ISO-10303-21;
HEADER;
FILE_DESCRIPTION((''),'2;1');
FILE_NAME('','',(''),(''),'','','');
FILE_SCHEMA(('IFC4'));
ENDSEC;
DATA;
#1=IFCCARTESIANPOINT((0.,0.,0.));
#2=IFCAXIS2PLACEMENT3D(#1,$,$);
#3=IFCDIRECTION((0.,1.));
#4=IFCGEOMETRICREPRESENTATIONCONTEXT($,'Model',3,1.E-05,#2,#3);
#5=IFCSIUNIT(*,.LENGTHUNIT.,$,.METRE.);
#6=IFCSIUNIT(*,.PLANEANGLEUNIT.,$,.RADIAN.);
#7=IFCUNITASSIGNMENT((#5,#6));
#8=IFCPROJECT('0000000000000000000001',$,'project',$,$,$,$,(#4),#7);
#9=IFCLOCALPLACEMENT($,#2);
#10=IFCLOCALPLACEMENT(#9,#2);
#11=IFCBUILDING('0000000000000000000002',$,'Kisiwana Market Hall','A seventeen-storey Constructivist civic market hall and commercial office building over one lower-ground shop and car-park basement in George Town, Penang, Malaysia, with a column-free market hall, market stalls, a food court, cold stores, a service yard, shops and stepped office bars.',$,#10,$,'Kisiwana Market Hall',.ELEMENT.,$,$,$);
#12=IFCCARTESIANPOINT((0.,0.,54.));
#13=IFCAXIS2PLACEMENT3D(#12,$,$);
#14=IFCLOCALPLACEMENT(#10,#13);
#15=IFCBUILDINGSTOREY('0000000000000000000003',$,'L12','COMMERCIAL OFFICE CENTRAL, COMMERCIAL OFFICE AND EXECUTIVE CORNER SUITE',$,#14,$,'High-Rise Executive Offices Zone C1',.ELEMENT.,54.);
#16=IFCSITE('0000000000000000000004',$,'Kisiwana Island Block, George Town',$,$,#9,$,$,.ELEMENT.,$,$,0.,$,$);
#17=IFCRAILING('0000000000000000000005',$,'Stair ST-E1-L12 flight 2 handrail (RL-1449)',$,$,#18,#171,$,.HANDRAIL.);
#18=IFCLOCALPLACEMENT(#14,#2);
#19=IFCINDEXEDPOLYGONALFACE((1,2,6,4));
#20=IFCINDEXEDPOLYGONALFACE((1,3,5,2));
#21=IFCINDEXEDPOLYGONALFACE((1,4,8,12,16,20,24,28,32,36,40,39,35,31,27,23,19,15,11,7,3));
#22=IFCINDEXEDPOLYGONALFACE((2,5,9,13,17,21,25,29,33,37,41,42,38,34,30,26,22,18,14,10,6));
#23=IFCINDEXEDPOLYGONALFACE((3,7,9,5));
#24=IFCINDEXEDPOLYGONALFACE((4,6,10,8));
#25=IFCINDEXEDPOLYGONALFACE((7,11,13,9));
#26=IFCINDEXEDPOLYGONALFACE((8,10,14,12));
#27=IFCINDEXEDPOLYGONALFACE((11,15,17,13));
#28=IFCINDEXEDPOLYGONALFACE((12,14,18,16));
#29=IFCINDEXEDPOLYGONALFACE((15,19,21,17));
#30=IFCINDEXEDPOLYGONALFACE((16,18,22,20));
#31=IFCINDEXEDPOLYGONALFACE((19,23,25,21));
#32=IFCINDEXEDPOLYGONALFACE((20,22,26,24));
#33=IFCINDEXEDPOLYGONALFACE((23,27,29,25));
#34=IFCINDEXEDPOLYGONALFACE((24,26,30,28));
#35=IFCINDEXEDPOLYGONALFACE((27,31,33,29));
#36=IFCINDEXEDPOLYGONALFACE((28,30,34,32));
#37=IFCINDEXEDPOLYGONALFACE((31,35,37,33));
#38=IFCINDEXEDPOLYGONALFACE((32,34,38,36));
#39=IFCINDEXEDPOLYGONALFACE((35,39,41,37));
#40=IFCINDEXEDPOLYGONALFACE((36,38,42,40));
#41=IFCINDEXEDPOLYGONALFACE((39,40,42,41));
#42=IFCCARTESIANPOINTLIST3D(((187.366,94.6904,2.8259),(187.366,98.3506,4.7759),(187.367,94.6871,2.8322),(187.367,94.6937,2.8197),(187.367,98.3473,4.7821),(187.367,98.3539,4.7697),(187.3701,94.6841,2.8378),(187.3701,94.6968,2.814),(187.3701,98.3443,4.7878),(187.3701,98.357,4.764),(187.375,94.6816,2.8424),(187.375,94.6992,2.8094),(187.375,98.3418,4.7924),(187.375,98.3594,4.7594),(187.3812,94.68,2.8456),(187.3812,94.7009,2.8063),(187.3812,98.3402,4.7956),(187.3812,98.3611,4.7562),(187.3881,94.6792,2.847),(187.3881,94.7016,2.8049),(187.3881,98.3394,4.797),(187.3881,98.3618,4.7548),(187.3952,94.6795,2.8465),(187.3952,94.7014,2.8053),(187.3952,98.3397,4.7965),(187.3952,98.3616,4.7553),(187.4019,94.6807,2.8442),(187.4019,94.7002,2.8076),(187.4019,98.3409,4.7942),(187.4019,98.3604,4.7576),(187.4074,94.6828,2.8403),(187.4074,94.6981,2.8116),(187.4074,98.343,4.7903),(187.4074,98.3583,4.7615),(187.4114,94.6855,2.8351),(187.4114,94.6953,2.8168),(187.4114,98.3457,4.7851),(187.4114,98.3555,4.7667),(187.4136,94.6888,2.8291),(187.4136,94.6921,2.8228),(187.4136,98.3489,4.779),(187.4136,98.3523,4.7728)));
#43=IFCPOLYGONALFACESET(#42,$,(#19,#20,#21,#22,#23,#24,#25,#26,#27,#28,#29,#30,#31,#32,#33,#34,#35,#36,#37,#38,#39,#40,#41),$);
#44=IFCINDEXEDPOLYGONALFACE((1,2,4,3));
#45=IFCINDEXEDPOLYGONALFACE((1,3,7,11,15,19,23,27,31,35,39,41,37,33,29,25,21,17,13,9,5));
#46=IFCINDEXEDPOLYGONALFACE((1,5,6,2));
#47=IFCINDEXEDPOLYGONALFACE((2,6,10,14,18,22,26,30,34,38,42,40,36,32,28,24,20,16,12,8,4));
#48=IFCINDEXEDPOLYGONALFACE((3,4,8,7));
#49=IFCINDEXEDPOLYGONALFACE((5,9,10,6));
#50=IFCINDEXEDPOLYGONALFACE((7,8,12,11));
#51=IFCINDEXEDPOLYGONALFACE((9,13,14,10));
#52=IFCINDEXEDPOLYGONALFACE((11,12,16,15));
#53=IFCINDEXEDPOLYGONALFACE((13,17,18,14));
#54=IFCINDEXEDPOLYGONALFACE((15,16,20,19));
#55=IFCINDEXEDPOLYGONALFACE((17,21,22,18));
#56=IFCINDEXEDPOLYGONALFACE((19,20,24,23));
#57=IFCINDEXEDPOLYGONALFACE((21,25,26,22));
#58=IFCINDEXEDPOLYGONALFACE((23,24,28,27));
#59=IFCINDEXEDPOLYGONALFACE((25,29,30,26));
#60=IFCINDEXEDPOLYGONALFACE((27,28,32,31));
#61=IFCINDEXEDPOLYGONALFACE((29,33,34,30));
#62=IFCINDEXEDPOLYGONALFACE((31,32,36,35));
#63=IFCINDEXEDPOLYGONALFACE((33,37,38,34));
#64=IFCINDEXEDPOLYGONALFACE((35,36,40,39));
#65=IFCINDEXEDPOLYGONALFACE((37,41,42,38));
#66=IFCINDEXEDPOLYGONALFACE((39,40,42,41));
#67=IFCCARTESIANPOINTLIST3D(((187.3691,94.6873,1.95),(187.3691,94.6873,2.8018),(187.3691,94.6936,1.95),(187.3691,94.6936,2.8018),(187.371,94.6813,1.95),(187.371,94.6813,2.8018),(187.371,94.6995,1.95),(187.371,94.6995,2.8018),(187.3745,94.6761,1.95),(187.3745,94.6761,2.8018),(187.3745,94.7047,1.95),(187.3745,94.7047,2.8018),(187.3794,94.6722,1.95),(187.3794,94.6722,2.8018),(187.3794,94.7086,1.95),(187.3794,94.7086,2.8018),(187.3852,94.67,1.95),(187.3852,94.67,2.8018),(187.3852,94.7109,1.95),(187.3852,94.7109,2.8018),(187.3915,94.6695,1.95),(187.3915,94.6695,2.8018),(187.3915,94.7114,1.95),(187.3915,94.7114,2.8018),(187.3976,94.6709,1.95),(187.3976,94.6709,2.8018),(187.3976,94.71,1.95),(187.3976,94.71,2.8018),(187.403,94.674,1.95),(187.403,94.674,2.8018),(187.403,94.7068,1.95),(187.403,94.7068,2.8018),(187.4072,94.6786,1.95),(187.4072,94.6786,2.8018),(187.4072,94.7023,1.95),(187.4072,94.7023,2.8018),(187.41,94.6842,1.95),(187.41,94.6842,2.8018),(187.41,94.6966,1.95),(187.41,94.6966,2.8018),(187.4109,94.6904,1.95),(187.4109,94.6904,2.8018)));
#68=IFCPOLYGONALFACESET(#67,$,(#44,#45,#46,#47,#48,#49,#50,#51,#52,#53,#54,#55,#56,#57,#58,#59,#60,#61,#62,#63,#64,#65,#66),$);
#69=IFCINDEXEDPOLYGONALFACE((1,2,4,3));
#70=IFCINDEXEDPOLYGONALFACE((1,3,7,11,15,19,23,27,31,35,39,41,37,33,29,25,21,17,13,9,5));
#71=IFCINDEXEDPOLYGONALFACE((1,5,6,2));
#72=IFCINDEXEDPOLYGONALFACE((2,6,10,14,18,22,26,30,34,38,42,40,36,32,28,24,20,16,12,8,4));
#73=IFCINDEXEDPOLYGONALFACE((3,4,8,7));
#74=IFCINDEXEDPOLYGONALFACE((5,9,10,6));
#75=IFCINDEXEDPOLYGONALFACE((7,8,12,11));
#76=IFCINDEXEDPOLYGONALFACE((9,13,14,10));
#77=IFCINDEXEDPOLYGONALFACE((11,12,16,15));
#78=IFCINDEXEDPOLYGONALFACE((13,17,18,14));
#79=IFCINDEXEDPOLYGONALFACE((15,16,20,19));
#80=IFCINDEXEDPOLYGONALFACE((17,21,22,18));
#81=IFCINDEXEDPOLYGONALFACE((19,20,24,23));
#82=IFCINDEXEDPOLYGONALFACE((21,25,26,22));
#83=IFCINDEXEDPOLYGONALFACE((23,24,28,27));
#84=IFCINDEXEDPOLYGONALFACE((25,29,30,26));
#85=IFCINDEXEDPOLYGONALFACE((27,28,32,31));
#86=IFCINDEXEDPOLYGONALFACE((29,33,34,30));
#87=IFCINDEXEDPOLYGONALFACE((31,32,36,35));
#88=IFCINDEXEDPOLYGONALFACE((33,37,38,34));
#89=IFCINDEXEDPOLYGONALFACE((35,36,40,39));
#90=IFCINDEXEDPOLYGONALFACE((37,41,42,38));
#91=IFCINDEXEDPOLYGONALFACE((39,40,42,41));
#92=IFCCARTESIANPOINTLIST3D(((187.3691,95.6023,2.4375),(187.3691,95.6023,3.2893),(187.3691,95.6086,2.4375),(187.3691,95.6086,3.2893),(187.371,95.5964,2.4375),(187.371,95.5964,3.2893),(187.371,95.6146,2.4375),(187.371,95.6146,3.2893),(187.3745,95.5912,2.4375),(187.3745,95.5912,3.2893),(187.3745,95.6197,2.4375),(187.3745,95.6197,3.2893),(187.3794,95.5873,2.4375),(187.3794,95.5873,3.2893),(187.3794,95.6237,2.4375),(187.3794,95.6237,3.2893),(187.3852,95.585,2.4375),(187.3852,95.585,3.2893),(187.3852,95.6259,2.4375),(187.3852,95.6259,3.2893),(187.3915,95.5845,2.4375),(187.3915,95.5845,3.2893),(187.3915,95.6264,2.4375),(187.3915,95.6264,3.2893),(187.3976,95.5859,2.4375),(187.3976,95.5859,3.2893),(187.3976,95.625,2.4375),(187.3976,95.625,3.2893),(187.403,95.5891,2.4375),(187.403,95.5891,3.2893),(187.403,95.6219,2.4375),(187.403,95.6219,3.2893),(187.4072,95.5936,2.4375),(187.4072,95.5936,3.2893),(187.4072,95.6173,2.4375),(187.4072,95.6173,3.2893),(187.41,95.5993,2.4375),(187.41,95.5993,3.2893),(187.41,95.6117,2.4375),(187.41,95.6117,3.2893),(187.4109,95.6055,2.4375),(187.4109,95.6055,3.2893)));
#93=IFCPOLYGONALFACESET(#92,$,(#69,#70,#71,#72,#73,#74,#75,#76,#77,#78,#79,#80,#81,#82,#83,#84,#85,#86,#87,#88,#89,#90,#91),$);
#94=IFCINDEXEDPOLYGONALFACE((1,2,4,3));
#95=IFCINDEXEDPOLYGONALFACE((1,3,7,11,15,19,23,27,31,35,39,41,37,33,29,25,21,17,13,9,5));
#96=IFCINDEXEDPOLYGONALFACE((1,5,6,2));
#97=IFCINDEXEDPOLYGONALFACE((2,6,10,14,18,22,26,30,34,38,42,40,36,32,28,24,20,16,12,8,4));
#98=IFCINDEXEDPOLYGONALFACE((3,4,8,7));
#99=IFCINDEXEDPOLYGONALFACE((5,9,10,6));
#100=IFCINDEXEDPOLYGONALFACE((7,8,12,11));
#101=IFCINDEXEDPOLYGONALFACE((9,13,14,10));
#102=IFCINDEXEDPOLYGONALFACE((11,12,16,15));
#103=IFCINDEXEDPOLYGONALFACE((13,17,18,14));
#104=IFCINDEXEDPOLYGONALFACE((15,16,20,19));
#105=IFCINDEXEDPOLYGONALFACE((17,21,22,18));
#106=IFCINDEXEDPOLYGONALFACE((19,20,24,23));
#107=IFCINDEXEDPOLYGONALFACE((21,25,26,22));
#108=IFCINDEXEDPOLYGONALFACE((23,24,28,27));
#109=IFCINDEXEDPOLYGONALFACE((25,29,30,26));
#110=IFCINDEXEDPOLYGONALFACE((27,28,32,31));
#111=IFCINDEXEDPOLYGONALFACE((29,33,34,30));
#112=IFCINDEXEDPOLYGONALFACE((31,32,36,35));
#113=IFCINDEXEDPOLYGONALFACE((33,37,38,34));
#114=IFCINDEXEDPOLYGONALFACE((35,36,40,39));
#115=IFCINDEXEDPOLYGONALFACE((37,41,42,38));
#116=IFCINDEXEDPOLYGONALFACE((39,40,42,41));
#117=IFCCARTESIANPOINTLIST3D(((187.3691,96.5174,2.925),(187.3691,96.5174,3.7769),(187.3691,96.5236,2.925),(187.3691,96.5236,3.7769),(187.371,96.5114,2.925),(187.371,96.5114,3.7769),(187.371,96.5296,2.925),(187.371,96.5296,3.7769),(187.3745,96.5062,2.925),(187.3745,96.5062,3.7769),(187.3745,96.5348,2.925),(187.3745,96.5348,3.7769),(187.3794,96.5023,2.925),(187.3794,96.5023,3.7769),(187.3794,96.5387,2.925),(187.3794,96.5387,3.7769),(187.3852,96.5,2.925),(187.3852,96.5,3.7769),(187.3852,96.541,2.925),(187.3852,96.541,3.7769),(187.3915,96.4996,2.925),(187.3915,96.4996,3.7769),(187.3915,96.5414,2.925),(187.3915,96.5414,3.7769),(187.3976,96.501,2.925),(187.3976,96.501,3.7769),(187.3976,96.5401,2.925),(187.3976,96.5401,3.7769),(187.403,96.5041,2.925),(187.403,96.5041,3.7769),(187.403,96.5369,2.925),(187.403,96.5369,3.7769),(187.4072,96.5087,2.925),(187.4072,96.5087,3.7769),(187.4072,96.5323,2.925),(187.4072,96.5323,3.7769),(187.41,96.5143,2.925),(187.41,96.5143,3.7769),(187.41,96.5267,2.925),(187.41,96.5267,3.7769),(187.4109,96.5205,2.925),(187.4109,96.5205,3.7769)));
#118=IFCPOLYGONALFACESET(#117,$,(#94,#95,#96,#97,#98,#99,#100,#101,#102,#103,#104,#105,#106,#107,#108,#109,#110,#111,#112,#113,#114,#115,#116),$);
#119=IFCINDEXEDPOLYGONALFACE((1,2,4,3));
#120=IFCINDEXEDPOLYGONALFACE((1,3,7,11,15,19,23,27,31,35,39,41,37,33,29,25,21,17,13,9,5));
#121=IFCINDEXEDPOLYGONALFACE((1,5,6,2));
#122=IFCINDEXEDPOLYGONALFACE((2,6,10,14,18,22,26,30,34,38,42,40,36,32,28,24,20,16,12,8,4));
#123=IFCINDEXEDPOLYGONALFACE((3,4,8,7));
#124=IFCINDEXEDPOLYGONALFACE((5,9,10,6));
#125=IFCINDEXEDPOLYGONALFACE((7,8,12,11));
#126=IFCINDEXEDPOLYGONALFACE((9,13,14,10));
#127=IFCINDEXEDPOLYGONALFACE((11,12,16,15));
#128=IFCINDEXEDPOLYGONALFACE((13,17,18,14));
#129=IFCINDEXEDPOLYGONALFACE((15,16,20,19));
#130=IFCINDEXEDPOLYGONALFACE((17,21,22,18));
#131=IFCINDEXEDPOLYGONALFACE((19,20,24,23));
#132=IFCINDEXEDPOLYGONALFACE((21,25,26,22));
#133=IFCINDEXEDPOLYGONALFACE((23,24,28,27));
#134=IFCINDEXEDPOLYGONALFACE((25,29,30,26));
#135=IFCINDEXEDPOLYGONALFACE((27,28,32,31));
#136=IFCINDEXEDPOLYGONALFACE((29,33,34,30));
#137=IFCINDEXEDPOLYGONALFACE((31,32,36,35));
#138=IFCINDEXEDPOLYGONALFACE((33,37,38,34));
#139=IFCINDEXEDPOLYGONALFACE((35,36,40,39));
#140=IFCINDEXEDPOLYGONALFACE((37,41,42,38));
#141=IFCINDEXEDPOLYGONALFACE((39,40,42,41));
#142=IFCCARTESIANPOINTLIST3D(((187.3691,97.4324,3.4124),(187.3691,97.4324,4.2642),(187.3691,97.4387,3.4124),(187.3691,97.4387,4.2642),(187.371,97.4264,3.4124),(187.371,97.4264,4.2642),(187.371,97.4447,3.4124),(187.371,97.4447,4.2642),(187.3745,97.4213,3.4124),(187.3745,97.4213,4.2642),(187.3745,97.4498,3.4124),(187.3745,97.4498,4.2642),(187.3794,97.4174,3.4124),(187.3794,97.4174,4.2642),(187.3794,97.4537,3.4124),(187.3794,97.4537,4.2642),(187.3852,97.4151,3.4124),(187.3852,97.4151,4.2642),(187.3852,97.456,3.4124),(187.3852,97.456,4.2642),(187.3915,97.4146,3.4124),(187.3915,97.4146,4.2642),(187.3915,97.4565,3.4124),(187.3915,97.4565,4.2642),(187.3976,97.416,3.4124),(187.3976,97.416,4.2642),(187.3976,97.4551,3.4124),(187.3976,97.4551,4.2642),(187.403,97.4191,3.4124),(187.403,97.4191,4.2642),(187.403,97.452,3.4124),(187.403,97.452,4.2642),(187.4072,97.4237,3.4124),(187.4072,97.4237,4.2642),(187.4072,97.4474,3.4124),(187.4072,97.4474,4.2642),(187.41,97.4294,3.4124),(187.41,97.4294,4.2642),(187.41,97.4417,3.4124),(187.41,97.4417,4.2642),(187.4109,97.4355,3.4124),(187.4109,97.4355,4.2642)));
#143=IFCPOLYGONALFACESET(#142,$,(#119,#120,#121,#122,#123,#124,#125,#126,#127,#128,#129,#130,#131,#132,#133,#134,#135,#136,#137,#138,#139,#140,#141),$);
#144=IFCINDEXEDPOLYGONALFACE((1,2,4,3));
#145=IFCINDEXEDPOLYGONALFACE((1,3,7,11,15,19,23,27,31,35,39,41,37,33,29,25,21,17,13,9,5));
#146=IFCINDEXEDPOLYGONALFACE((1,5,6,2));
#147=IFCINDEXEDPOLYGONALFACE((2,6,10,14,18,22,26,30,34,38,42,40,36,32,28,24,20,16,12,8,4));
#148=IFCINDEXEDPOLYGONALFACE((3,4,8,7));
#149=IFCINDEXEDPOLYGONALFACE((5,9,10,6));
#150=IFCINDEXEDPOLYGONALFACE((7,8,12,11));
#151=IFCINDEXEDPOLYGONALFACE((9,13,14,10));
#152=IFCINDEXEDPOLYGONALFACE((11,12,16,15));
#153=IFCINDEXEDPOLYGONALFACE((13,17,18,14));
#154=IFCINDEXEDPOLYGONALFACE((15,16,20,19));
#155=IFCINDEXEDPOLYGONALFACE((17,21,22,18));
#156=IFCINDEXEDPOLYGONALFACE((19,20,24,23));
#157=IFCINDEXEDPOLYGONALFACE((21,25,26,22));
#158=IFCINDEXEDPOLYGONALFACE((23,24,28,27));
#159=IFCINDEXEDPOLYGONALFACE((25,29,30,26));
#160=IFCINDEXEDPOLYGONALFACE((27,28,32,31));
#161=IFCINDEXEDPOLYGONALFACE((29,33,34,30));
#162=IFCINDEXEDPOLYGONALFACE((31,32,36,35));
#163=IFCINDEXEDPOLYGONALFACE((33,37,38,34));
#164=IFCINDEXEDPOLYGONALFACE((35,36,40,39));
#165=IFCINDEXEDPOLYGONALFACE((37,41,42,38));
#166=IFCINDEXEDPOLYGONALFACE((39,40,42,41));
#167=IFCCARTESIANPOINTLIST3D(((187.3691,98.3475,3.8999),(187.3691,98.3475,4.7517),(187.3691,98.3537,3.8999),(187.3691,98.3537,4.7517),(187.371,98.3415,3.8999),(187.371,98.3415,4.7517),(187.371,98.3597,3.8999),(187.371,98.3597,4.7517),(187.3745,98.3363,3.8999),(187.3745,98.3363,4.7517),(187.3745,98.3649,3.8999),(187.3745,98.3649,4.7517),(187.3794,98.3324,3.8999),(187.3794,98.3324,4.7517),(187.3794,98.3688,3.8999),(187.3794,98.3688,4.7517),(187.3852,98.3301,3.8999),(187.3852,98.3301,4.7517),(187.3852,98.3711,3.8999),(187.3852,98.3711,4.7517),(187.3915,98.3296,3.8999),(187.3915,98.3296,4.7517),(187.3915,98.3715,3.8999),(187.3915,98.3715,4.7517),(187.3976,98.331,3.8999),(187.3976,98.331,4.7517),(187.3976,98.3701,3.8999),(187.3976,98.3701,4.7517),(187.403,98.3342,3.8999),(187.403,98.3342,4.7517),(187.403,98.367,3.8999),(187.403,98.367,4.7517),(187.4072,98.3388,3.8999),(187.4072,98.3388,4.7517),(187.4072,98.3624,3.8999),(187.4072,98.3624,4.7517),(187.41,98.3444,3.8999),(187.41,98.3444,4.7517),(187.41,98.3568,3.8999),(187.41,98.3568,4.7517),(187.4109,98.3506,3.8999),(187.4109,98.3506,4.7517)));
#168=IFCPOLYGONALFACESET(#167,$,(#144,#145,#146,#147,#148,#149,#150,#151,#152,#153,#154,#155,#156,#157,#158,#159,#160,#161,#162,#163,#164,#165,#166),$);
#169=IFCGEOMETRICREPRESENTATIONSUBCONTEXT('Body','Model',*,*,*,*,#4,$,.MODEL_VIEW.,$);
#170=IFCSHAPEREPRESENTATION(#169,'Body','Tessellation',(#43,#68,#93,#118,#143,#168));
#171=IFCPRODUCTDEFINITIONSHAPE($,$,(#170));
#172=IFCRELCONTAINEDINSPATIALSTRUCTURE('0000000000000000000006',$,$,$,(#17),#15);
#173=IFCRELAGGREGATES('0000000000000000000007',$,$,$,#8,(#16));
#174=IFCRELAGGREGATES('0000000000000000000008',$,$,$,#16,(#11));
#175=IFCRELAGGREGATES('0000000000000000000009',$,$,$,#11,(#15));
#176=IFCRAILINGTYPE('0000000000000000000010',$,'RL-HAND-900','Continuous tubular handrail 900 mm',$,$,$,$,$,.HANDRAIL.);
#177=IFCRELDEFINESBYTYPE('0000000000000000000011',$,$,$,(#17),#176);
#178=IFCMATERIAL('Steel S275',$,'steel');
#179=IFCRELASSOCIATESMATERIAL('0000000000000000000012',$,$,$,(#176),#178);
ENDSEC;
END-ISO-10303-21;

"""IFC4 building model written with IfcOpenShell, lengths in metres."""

from ifc_helpers import new_model, si_unit, direction, frame, origin, origin_2d, place, context, subcontext, project, spatial, circle, extrude, material, type_object, element, save


model = new_model("IFC4")

# Units and contexts
model_context = context("Model", 3, precision=1e-05, world=origin(), true_north=direction((0.0, 1.0)))
body_context = subcontext(model_context, "Body", "Model", "MODEL_VIEW")
ifc_project = project(units=[si_unit("LENGTHUNIT", "METRE"), si_unit("PLANEANGLEUNIT", "RADIAN")], contexts=[model_context])

# Site, building, storey
site_placement = place(None, origin())
site = spatial("IfcSite", under=ifc_project, at=site_placement, Name="Kisiwana Island Block, George Town", CompositionType="ELEMENT", RefElevation=0.0)
building_placement = place(site_placement, origin())
building = spatial("IfcBuilding", under=site, at=building_placement, Name="Kisiwana Market Hall", Description="A seventeen-storey Constructivist civic market hall and commercial office building over one lower-ground shop and car-park basement in George Town, Penang, Malaysia, with a column-free market hall, market stalls, a food court, cold stores, a service yard, shops and stepped office bars.", LongName="Kisiwana Market Hall", CompositionType="ELEMENT")
storey_placement = place(building_placement, frame((0.0, 0.0, 54.0)))
storey = spatial("IfcBuildingStorey", under=building, at=storey_placement, Name="L12", Description="COMMERCIAL OFFICE CENTRAL, COMMERCIAL OFFICE AND EXECUTIVE CORNER SUITE", LongName="High-Rise Executive Offices Zone C1", CompositionType="ELEMENT", Elevation=54.0)

# Railing
ifc_material_1 = material(Name="Steel S275", Category="steel")
railing_type_1 = type_object("IfcRailingType", Name="RL-HAND-900", Description="Continuous tubular handrail 900 mm", PredefinedType="HANDRAIL", material=ifc_material_1)
railing_1_placement = place(storey_placement, frame((187.3899, 94.6904, 1.95)))
element("IfcRailing", 1, at=railing_1_placement, inside=storey, type_object=railing_type_1, Name="Stair ST-E1-L12 flight 2 handrail (RL-1449)", PredefinedType="HANDRAIL", context=body_context, shape_type="SweptSolid", body=[
    extrude(circle(Radius=0.0239, at=origin_2d()), frame((0.0, 0.0, 0.876), z_axis=(0.0, 0.882566, 0.470188), x_axis=(-1.0, 0.0, 0.0)), (0.0, 0.0, 1.0), 4.1472),
    extrude(circle(Radius=0.021, at=origin_2d()), origin(), (0.0, 0.0, 1.0), 0.8518),
    extrude(circle(Radius=0.021, at=origin_2d()), frame((0.0, 0.915, 0.4875)), (0.0, 0.0, 1.0), 0.8518),
    extrude(circle(Radius=0.021, at=origin_2d()), frame((0.0, 1.8301, 0.9751)), (0.0, 0.0, 1.0), 0.8518),
    extrude(circle(Radius=0.021, at=origin_2d()), frame((0.0, 2.7451, 1.4624)), (0.0, 0.0, 1.0), 0.8518),
    extrude(circle(Radius=0.021, at=origin_2d()), frame((0.0, 3.6602, 1.95)), (0.0, 0.0, 1.0), 0.8518),
])

save(model, "model.ifc")
